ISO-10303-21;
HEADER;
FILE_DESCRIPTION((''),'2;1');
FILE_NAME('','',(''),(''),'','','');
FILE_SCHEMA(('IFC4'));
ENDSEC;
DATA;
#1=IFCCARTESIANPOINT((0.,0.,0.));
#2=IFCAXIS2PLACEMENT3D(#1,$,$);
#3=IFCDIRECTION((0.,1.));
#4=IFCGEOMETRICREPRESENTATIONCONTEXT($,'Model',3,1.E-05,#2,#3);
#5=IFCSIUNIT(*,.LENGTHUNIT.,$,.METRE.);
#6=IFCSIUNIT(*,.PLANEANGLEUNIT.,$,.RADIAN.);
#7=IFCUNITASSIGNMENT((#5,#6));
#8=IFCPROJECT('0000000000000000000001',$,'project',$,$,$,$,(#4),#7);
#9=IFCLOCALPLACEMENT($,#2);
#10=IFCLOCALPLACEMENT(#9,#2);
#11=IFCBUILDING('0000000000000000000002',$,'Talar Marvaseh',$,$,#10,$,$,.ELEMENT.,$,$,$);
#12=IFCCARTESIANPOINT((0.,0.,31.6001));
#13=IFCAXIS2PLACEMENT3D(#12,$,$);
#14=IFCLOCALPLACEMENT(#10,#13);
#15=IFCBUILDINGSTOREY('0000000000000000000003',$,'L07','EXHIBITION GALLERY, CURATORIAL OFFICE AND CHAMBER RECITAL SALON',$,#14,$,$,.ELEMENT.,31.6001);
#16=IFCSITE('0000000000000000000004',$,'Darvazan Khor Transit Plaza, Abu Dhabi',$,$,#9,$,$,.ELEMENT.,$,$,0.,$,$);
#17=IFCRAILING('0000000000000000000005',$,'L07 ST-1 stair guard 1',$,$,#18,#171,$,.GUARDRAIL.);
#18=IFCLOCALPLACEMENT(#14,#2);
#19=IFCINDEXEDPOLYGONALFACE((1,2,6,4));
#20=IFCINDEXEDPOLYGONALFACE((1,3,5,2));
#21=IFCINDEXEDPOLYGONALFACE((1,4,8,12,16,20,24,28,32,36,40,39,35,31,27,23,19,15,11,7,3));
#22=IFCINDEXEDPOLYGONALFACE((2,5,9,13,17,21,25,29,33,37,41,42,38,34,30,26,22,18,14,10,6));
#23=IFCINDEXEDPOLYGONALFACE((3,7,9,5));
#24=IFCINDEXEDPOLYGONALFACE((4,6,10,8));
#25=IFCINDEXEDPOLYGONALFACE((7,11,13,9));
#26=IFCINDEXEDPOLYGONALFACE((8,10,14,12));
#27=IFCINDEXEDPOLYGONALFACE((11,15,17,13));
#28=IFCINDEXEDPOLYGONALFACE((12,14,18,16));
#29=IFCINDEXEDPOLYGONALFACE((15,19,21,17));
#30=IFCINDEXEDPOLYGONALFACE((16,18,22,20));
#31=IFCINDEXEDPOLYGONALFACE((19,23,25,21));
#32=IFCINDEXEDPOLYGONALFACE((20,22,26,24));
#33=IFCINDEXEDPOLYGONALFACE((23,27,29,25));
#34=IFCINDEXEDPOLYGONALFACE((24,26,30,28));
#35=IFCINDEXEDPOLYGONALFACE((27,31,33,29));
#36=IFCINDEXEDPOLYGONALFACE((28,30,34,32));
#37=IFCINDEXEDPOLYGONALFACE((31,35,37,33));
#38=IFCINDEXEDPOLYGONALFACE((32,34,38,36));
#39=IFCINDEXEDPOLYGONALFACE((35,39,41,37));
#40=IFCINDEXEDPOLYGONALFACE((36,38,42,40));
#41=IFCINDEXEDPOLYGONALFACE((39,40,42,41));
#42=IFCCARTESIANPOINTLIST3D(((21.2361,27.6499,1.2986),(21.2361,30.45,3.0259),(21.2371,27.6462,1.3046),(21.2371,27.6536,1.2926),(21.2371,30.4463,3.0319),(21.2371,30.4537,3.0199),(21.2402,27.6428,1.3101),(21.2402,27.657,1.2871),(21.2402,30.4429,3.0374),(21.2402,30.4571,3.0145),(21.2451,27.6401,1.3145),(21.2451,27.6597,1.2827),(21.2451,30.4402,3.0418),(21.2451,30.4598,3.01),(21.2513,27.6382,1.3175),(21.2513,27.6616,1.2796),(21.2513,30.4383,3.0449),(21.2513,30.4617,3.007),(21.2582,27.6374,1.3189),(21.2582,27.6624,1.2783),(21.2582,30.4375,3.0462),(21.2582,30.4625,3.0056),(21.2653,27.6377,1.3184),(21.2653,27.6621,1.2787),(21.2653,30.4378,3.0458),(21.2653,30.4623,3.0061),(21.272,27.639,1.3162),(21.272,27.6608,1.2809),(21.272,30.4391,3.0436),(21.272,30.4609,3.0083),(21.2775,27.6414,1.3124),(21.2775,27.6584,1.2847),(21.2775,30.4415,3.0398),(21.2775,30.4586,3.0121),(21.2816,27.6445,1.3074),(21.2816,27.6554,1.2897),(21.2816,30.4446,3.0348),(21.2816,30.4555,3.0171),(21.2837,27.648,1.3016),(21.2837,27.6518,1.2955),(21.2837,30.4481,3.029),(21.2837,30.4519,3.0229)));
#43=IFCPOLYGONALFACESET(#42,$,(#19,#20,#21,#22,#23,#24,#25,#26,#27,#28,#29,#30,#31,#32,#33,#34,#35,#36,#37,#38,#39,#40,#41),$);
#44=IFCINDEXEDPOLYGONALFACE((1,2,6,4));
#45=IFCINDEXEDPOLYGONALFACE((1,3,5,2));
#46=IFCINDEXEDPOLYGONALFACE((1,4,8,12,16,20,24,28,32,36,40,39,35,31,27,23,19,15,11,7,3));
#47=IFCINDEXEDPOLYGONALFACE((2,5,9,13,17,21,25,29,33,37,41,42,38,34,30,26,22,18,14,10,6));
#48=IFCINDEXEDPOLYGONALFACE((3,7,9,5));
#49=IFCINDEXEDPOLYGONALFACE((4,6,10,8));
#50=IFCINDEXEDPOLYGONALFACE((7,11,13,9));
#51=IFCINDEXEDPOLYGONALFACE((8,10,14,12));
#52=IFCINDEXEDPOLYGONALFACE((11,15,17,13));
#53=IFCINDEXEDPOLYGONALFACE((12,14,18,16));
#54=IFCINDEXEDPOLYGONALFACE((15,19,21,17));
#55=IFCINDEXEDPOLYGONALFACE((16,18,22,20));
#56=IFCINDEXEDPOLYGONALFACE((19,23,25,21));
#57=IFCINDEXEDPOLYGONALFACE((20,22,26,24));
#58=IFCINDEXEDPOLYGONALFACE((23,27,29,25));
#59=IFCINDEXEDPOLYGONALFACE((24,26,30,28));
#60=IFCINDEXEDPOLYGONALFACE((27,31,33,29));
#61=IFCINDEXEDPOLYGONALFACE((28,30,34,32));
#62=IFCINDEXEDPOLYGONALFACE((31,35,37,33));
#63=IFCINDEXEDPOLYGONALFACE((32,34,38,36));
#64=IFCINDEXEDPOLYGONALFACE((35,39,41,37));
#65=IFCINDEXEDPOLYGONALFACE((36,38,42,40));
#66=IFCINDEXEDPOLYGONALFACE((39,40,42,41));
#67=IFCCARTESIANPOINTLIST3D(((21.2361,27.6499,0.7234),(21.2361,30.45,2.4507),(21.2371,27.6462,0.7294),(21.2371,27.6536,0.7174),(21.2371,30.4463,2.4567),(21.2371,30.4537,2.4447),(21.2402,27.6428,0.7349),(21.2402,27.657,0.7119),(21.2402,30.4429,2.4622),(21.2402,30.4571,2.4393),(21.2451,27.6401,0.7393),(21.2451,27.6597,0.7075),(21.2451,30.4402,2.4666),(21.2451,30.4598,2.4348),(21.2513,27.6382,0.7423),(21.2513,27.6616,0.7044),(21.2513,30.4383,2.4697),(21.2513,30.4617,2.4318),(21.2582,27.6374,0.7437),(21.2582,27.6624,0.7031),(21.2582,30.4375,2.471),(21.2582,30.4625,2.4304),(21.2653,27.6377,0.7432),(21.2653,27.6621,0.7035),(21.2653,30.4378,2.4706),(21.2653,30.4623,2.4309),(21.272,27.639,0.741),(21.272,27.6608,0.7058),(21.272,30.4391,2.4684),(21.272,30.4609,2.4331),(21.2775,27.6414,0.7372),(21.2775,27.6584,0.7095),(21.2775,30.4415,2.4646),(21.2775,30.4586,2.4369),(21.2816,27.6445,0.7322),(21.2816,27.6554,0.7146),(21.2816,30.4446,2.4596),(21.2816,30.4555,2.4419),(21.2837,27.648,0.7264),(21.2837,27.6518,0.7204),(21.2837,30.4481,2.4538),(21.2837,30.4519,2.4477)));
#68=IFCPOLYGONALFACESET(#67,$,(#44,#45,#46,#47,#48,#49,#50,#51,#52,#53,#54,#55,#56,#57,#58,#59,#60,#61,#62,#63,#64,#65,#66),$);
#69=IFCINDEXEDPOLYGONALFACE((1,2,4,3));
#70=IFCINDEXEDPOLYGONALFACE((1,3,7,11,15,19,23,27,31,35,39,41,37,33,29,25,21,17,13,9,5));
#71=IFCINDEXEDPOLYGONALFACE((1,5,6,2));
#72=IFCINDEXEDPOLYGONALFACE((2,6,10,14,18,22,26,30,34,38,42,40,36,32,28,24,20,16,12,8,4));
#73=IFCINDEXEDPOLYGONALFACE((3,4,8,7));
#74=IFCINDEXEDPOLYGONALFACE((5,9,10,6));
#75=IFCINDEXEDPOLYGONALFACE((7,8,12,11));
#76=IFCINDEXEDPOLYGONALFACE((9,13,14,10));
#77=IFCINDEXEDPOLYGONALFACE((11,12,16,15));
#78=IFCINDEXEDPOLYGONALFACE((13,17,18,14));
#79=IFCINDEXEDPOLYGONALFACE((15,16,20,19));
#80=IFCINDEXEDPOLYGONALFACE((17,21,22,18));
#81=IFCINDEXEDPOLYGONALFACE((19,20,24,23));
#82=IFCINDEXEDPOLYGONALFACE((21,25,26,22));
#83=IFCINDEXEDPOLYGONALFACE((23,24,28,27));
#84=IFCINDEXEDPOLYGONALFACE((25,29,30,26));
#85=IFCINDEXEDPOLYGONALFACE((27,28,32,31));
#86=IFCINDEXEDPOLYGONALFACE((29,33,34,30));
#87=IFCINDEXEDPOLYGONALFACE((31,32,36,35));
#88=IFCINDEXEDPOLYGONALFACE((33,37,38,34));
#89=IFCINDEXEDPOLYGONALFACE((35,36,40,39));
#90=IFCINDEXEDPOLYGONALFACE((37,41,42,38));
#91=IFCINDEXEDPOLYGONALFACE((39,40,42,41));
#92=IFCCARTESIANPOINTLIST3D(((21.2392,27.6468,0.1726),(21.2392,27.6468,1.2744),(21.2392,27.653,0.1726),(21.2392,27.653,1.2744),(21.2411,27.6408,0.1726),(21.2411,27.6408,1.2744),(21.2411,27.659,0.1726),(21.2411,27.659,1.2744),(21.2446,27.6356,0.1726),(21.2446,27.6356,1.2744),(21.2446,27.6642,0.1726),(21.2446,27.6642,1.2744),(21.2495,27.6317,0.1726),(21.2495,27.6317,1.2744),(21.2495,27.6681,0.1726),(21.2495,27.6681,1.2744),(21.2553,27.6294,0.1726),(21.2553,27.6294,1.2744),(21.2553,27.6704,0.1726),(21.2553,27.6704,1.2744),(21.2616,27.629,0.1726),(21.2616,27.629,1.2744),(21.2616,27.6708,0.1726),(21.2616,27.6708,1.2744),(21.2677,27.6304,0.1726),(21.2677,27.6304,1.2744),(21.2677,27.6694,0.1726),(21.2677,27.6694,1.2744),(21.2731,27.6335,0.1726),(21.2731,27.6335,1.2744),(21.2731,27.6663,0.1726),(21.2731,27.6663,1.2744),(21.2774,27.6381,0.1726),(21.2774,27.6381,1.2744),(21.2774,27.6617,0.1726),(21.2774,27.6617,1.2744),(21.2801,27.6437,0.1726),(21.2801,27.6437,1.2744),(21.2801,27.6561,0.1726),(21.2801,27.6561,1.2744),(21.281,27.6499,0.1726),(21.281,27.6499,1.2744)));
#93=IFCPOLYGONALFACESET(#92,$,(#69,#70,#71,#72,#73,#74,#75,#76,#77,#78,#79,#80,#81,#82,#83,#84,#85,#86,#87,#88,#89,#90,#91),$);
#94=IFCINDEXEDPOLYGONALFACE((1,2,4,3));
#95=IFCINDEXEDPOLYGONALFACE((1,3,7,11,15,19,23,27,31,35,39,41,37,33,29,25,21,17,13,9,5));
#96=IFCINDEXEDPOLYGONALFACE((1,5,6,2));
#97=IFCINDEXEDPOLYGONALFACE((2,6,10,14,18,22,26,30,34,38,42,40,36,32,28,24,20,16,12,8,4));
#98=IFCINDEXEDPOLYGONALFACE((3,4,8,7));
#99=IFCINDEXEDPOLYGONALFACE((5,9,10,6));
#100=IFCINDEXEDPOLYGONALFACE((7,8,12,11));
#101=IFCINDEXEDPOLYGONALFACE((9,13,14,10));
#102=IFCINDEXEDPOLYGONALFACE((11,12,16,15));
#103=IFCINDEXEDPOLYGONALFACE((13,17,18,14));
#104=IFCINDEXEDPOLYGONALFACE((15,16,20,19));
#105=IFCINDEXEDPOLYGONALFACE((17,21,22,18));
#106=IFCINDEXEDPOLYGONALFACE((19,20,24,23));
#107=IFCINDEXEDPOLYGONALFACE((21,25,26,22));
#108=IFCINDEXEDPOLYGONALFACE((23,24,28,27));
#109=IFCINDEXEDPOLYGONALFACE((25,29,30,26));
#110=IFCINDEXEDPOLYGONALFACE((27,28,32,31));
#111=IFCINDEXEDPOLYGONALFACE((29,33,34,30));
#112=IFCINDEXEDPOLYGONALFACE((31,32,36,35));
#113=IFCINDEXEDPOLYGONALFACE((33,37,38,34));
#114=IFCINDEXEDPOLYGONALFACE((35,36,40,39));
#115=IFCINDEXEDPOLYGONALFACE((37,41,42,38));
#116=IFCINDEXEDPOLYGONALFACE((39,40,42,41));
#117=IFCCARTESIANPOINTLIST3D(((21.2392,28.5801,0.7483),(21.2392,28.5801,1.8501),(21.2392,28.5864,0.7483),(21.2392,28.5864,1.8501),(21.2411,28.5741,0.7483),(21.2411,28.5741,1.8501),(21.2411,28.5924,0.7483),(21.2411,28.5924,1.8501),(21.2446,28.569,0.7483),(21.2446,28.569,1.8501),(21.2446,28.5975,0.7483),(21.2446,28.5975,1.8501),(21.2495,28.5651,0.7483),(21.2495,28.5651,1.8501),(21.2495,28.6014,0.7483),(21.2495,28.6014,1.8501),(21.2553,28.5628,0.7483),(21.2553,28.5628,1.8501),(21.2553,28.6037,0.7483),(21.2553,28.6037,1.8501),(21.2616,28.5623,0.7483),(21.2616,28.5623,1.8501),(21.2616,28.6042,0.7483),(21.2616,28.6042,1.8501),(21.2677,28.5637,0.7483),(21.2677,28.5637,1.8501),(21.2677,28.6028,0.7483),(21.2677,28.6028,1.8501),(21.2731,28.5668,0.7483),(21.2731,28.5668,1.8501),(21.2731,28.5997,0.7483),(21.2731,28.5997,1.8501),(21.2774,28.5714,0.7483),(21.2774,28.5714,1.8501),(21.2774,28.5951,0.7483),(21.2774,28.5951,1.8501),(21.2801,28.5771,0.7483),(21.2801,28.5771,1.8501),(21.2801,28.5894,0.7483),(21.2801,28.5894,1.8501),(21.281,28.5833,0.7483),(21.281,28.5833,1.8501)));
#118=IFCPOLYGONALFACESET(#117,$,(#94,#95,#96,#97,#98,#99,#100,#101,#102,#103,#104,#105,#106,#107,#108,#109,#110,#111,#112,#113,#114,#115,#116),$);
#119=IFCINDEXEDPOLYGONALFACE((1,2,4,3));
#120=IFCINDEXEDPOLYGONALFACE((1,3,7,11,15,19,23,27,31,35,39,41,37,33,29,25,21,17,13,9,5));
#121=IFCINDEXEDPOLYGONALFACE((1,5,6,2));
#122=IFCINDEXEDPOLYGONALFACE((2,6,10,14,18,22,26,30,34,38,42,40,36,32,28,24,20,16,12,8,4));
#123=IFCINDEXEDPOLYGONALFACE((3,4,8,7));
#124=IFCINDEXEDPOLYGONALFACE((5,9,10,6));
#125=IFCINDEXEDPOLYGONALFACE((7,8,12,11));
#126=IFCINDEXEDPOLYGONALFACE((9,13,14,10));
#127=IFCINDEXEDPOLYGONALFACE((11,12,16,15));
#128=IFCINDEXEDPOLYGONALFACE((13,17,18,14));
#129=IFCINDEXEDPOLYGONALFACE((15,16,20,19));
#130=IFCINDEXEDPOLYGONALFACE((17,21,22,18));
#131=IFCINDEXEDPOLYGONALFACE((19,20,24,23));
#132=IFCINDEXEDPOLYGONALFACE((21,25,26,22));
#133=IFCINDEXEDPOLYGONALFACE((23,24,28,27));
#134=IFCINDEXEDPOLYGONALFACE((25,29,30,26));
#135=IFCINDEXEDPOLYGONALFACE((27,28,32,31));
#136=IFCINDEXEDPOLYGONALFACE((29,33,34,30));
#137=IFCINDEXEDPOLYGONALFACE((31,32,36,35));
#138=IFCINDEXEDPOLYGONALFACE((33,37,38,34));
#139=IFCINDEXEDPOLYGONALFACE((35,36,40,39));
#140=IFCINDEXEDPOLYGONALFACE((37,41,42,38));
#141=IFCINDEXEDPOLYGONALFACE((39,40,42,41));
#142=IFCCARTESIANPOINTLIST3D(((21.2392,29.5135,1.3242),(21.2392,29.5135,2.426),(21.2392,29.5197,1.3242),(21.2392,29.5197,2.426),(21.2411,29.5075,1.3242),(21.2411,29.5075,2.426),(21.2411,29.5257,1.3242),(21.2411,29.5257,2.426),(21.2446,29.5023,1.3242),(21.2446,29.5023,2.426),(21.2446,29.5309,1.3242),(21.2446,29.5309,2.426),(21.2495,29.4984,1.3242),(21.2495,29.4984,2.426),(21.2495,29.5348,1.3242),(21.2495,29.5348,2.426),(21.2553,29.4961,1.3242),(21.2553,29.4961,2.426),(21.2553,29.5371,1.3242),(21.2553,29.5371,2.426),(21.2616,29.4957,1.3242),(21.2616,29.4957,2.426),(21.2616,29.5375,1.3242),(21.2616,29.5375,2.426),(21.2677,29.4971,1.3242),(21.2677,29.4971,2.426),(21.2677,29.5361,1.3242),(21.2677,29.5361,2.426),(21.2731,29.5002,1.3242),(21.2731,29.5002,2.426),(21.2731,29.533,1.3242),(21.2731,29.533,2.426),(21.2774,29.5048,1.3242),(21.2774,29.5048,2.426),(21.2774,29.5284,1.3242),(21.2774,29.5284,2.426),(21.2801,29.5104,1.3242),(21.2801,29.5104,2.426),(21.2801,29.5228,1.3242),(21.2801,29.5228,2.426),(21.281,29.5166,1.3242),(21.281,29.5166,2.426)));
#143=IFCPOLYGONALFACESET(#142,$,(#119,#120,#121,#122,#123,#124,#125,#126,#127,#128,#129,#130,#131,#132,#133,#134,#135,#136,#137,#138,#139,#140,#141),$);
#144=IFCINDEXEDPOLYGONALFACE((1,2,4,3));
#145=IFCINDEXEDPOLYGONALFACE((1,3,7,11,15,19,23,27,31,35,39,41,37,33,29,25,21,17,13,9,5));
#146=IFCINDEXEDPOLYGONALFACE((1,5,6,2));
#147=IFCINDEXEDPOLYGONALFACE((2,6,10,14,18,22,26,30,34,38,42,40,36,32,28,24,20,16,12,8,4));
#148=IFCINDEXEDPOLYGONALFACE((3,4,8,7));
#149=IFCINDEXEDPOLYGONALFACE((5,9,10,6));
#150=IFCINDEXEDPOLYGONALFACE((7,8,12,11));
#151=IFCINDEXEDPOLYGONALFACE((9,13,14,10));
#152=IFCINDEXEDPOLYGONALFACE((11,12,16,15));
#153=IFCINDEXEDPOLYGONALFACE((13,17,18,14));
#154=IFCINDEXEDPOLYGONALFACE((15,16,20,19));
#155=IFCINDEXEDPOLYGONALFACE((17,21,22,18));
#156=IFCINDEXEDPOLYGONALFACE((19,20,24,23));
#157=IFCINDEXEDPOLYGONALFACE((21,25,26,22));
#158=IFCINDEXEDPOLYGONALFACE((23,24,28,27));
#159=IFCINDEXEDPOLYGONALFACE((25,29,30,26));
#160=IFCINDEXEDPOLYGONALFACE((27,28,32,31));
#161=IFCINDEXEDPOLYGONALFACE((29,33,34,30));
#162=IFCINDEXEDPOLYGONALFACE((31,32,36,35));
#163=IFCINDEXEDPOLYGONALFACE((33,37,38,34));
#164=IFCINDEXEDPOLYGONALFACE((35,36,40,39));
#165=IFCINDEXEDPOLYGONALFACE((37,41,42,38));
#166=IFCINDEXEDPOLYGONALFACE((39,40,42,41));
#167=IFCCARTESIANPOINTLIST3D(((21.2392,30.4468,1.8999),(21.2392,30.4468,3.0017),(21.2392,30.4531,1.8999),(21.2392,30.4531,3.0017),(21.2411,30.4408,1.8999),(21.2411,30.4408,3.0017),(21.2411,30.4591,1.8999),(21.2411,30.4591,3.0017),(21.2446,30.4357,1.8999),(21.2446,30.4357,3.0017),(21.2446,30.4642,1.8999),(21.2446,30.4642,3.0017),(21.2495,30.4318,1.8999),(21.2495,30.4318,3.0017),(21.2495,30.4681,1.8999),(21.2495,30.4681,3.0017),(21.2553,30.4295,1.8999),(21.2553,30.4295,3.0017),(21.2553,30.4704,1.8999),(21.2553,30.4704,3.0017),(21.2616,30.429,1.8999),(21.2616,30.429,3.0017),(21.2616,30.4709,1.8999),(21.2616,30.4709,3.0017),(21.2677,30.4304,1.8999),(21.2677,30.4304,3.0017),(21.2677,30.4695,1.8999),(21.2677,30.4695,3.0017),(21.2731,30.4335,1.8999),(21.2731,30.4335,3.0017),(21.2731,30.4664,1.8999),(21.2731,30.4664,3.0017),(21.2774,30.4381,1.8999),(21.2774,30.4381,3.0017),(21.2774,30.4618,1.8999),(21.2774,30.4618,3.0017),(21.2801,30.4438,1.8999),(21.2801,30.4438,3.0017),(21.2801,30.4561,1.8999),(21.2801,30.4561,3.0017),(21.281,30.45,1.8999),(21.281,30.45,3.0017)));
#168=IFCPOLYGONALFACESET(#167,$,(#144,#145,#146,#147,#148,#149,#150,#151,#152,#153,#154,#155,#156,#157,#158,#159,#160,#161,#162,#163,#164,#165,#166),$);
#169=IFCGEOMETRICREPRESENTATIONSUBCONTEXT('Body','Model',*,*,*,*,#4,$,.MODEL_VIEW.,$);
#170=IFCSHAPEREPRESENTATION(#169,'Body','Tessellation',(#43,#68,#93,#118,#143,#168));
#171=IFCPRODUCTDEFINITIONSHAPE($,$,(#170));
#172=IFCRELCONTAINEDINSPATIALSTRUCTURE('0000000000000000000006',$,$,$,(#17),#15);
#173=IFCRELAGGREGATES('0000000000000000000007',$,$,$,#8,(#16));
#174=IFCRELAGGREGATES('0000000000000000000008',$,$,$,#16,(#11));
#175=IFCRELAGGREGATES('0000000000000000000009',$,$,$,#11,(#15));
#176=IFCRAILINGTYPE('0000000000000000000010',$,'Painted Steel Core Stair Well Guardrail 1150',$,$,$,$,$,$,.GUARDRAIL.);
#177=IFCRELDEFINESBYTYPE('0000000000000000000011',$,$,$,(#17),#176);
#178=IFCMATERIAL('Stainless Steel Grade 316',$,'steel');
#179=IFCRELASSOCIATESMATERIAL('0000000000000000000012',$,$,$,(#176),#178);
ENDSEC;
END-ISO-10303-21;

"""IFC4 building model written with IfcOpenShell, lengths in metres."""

from ifc_helpers import new_model, si_unit, direction, frame, origin, origin_2d, place, context, subcontext, project, spatial, circle, extrude, material, type_object, element, save


model = new_model("IFC4")

# Units and contexts
model_context = context("Model", 3, precision=1e-05, world=origin(), true_north=direction((0.0, 1.0)))
body_context = subcontext(model_context, "Body", "Model", "MODEL_VIEW")
ifc_project = project(units=[si_unit("LENGTHUNIT", "METRE"), si_unit("PLANEANGLEUNIT", "RADIAN")], contexts=[model_context])

# Site, building, storey
site_placement = place(None, origin())
site = spatial("IfcSite", under=ifc_project, at=site_placement, Name="Darvazan Khor Transit Plaza, Abu Dhabi", CompositionType="ELEMENT", RefElevation=0.0)
building_placement = place(site_placement, origin())
building = spatial("IfcBuilding", under=site, at=building_placement, Name="Talar Marvaseh", CompositionType="ELEMENT")
storey_placement = place(building_placement, frame((0.0, 0.0, 31.6001)))
storey = spatial("IfcBuildingStorey", under=building, at=storey_placement, Name="L07", Description="EXHIBITION GALLERY, CURATORIAL OFFICE AND CHAMBER RECITAL SALON", CompositionType="ELEMENT", Elevation=31.6001)

# Railing
ifc_material_1 = material(Name="Stainless Steel Grade 316", Category="steel")
railing_type_1 = type_object("IfcRailingType", Name="Painted Steel Core Stair Well Guardrail 1150", PredefinedType="GUARDRAIL", material=ifc_material_1)
railing_1_placement = place(storey_placement, frame((21.26, 27.6499, 0.1726)))
element("IfcRailing", 1, at=railing_1_placement, inside=storey, type_object=railing_type_1, Name="L07 ST-1 stair guard 1", PredefinedType="GUARDRAIL", context=body_context, shape_type="SweptSolid", body=[
    extrude(circle(Radius=0.0239, at=origin_2d()), frame((0.0, 0.0, 1.126), z_axis=(0.0, 0.85109, 0.52502), x_axis=(-1.0, 0.0, 0.0)), (0.0, 0.0, 1.0), 3.29),
    extrude(circle(Radius=0.0239, at=origin_2d()), frame((0.0, 0.0, 0.5508), z_axis=(0.0, 0.85109, 0.52502), x_axis=(-1.0, 0.0, 0.0)), (0.0, 0.0, 1.0), 3.29),
    extrude(circle(Radius=0.021, at=origin_2d()), origin(), (0.0, 0.0, 1.0), 1.1018),
    extrude(circle(Radius=0.021, at=origin_2d()), frame((0.0, 0.9333, 0.5757)), (0.0, 0.0, 1.0), 1.1018),
    extrude(circle(Radius=0.021, at=origin_2d()), frame((0.0, 1.8667, 1.1516)), (0.0, 0.0, 1.0), 1.1018),
    extrude(circle(Radius=0.021, at=origin_2d()), frame((0.0, 2.8, 1.7273)), (0.0, 0.0, 1.0), 1.1018),
])

save(model, "model.ifc")
